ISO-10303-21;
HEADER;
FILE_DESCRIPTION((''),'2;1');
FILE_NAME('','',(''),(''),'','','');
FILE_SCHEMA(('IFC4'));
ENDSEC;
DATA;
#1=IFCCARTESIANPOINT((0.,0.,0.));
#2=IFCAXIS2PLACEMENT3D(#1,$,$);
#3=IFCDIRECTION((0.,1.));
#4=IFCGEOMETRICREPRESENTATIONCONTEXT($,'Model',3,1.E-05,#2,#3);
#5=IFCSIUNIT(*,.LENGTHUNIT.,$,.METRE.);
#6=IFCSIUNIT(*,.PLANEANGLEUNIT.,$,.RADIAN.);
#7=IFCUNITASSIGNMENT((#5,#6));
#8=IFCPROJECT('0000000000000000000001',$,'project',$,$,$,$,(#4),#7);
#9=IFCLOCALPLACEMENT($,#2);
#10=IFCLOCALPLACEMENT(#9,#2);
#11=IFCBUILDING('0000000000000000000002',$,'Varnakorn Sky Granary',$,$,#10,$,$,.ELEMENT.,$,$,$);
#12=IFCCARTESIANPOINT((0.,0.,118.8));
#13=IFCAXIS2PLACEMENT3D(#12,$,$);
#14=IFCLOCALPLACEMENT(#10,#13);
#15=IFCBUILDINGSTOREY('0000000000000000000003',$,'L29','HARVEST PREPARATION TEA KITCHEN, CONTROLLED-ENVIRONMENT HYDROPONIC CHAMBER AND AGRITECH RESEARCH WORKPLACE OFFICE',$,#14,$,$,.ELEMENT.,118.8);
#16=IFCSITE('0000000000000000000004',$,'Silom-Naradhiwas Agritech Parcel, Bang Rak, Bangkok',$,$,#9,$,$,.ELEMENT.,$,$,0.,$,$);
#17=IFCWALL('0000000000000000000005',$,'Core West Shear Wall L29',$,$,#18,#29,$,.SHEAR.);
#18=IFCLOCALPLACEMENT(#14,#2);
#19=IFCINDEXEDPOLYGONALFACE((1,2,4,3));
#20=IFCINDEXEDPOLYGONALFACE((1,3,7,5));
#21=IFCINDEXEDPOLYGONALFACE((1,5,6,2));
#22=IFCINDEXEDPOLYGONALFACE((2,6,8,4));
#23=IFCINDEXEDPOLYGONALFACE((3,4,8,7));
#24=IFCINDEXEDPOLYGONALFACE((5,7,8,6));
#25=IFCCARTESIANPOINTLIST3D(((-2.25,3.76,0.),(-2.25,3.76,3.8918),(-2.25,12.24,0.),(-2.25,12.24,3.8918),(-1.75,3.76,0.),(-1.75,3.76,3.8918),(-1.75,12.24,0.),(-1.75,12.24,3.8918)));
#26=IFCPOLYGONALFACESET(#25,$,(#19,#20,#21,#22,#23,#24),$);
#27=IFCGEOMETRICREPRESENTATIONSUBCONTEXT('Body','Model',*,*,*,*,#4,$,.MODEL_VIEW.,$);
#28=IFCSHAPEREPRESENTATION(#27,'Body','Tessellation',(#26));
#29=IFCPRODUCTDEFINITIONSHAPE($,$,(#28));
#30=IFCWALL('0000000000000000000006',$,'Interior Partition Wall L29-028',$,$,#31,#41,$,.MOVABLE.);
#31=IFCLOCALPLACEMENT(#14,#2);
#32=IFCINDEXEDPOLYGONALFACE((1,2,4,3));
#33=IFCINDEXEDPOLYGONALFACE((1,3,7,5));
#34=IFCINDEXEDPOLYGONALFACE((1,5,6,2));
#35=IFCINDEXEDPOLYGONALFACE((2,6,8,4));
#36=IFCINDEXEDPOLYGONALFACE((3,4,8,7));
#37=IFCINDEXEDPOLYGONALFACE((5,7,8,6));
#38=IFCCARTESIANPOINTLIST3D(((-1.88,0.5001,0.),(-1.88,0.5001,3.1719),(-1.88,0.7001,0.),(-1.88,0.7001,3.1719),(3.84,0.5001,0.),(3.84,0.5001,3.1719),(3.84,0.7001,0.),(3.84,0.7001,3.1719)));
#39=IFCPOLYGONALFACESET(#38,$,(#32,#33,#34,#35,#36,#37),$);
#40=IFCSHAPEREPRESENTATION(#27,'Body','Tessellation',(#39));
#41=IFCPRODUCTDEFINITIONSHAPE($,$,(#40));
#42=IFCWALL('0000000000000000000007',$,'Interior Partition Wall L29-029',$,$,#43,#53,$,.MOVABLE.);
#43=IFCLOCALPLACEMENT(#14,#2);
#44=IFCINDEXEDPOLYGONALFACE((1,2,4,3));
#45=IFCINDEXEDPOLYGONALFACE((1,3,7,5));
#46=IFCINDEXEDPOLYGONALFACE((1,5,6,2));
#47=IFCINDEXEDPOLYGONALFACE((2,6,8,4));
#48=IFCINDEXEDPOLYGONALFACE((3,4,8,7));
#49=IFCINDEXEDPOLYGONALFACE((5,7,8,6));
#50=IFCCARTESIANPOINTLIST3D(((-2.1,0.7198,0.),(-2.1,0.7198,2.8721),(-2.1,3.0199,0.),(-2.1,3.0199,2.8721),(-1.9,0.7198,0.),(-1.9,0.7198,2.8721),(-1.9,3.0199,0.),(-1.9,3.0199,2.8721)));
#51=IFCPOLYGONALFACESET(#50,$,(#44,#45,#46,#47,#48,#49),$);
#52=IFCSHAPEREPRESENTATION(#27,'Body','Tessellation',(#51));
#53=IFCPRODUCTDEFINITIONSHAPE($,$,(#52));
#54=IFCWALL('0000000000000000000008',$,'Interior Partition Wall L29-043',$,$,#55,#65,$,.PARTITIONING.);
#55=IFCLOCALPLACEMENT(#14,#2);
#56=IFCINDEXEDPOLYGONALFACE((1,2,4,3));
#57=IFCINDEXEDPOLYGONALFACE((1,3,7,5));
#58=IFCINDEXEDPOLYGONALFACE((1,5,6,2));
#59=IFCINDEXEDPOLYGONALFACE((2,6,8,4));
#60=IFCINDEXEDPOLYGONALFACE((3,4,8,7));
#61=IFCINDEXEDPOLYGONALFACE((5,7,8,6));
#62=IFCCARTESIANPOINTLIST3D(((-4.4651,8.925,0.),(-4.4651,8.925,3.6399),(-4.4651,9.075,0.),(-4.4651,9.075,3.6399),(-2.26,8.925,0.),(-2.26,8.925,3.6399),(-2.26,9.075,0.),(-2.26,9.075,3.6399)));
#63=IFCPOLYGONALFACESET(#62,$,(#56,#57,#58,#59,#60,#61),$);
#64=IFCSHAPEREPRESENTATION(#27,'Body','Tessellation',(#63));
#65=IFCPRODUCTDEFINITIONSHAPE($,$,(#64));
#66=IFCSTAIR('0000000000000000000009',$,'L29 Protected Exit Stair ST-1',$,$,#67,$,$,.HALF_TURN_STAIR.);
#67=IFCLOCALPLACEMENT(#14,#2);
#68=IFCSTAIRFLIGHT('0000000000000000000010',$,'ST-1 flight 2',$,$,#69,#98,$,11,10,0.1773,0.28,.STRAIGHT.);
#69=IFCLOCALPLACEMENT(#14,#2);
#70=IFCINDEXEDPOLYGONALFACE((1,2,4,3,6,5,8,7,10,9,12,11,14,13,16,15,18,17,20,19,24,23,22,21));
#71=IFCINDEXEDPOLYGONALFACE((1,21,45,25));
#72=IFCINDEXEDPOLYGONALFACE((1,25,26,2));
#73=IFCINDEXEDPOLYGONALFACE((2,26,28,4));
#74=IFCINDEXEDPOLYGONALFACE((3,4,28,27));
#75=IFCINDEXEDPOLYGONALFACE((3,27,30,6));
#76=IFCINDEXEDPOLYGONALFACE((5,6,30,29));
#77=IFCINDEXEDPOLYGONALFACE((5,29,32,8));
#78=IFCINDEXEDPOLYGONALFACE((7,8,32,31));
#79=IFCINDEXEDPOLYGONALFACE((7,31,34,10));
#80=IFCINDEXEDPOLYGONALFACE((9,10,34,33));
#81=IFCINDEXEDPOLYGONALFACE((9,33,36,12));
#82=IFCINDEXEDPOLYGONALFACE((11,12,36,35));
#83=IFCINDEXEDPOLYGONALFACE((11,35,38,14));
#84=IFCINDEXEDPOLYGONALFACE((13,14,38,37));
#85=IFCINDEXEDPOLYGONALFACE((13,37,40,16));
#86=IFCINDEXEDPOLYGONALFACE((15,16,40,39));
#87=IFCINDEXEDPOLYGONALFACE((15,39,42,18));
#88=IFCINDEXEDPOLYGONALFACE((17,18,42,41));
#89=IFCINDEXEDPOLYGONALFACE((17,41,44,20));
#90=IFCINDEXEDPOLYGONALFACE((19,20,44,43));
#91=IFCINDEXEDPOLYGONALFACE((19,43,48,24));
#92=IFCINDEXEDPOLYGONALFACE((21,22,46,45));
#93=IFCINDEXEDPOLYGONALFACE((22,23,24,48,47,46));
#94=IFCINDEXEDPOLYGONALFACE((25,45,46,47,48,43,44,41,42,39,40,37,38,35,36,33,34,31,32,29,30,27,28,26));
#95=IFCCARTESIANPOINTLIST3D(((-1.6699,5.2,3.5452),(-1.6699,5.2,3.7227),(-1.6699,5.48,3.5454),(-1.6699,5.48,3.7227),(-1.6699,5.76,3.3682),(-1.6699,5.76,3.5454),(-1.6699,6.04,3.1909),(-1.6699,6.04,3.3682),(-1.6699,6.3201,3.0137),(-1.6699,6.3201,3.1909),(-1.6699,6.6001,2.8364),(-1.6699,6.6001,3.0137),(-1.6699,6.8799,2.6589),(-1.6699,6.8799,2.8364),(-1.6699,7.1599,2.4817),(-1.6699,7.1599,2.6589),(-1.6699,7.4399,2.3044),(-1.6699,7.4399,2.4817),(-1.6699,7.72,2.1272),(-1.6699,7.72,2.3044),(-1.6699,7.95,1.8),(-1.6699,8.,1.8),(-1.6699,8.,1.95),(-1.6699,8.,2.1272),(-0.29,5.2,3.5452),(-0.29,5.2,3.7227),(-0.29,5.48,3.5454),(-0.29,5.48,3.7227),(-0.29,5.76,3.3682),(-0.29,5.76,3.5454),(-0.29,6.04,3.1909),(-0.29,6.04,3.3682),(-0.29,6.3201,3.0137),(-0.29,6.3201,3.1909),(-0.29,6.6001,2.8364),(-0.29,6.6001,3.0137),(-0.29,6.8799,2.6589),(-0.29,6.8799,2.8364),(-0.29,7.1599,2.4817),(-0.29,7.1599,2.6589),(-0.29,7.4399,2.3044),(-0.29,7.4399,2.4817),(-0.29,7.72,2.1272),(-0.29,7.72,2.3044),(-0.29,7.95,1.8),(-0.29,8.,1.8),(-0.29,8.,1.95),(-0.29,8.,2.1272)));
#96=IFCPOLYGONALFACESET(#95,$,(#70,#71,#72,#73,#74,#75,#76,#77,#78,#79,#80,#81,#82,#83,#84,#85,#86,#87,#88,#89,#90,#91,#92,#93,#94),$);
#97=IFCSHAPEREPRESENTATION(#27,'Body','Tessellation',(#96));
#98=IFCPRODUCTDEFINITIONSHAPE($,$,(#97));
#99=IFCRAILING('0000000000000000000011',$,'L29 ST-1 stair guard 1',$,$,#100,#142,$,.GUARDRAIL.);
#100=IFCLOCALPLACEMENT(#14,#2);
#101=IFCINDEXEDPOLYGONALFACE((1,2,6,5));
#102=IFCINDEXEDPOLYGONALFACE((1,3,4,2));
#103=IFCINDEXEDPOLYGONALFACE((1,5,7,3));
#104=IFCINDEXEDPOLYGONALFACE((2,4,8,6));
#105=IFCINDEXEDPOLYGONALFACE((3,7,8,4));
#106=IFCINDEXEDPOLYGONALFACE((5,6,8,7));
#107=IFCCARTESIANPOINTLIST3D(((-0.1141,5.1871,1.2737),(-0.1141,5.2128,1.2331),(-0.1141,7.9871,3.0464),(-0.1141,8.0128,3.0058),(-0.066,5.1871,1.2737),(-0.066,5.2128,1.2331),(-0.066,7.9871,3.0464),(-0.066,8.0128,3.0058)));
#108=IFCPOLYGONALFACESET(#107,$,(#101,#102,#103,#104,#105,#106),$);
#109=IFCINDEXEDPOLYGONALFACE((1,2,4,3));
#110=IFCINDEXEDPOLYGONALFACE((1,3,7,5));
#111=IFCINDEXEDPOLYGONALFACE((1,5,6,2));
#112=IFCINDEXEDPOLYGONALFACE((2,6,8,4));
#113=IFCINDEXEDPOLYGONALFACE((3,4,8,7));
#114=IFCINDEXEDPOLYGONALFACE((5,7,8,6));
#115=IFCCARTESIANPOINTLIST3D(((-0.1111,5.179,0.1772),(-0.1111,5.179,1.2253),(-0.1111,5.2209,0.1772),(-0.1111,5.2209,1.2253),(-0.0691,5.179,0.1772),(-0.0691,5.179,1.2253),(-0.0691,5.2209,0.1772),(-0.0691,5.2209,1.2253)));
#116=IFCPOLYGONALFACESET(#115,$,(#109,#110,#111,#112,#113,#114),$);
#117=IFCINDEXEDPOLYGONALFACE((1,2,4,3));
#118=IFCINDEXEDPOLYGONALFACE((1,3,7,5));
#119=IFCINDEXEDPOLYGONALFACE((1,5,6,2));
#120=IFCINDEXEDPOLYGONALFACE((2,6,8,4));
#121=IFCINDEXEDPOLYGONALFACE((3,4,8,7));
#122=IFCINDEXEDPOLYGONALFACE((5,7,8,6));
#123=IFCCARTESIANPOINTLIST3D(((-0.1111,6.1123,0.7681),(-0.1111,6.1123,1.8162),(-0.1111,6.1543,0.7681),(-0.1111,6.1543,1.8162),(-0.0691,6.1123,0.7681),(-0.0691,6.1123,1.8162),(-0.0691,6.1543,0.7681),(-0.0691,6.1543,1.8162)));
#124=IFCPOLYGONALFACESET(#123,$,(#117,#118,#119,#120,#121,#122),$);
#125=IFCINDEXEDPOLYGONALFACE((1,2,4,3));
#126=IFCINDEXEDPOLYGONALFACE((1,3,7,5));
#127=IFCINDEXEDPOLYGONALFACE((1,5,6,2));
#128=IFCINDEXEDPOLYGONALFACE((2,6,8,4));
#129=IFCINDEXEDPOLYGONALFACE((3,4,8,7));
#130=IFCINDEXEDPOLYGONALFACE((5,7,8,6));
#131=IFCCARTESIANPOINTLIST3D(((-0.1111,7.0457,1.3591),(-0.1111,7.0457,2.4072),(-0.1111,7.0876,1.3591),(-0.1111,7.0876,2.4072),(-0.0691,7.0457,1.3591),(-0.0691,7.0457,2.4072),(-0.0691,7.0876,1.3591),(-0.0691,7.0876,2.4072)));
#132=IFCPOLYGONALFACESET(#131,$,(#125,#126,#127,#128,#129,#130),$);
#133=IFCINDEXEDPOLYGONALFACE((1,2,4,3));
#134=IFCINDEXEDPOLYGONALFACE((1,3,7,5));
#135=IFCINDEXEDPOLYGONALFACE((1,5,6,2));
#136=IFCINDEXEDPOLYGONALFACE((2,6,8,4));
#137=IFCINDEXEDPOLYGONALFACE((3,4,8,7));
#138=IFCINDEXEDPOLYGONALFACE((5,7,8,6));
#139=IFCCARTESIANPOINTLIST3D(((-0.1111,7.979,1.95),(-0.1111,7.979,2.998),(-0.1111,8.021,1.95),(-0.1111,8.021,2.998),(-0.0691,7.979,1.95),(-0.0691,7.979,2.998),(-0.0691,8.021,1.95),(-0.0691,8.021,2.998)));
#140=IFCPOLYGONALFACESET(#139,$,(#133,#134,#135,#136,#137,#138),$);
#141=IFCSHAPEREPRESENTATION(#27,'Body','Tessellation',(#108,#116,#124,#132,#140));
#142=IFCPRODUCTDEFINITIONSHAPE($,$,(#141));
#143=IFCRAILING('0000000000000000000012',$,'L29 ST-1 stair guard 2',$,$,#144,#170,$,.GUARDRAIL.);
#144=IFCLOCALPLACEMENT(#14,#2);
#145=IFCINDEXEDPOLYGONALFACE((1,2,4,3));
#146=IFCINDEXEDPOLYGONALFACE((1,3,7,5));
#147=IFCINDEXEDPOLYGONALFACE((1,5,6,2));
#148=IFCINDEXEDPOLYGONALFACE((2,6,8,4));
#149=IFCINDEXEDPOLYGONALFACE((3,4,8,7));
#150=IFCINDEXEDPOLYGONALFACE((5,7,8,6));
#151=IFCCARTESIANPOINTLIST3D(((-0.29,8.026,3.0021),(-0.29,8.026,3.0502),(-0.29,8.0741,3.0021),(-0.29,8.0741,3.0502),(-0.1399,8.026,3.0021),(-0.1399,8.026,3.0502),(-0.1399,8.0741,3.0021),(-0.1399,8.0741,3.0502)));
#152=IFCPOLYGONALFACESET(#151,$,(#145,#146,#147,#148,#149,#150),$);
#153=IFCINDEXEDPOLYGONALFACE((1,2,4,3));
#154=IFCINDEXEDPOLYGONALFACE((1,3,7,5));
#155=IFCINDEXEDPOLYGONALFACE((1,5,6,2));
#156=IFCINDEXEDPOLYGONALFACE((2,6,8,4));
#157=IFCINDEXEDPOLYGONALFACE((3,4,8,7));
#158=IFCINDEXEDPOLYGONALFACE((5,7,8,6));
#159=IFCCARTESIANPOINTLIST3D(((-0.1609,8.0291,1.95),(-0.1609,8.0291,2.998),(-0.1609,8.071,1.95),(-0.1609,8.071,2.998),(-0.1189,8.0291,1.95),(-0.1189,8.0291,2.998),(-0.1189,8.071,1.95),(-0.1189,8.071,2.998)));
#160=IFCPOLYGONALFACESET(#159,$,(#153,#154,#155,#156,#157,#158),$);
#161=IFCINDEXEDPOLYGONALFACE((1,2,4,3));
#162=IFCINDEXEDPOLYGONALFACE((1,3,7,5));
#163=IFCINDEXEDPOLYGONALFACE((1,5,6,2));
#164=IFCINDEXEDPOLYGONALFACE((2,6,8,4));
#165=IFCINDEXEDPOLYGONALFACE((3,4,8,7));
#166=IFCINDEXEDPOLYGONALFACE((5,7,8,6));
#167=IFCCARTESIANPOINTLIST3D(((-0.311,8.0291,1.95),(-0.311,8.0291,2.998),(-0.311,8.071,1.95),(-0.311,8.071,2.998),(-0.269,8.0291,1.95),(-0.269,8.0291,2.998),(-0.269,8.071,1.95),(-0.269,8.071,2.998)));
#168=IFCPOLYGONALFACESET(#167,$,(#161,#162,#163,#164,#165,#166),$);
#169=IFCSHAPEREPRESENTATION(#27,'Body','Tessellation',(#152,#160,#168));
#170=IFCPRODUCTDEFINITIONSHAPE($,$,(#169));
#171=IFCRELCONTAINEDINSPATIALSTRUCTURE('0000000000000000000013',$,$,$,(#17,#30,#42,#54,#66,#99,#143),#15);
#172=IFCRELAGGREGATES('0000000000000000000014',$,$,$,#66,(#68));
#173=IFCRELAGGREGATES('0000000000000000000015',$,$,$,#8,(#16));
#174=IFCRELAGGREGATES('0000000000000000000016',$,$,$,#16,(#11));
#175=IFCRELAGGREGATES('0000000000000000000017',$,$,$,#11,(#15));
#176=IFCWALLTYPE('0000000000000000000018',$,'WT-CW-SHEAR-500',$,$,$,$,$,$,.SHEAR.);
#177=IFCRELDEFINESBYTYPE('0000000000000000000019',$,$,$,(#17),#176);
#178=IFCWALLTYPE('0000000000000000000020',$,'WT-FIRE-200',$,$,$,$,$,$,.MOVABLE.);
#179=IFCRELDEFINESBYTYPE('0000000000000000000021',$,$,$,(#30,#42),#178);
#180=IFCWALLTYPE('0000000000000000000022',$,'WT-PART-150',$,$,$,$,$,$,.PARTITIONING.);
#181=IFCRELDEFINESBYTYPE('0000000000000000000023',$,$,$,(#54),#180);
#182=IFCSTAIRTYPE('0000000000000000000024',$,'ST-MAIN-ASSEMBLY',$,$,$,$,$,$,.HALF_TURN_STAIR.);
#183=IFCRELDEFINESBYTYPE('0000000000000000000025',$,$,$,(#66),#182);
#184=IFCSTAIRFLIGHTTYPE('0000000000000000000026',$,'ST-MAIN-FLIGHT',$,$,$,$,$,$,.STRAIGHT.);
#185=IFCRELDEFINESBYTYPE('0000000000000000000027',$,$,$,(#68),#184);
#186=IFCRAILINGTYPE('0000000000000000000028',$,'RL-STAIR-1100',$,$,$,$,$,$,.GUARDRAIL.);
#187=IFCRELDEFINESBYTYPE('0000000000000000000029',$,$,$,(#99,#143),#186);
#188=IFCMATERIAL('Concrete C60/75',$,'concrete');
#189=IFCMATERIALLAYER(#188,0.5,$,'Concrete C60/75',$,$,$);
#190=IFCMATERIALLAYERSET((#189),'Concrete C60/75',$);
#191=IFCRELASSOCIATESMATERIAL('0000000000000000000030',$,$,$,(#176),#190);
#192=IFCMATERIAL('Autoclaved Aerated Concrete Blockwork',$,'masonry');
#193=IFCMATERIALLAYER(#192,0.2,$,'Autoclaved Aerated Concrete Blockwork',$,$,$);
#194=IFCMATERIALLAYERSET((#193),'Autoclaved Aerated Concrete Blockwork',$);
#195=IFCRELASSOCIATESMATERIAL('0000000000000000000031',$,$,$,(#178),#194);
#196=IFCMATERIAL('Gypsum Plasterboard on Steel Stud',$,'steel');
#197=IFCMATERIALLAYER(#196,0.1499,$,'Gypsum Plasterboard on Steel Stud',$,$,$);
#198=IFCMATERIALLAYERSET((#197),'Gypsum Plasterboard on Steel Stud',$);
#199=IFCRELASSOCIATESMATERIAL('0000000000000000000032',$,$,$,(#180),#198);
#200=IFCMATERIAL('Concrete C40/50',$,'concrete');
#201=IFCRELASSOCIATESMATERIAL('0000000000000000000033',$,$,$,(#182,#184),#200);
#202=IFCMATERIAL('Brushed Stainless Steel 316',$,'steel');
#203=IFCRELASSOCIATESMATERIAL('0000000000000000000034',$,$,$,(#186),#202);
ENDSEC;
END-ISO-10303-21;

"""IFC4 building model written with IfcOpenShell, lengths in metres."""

from ifc_helpers import new_model, si_unit, direction, frame, frame_2d, origin, origin_2d, place, context, subcontext, project, spatial, polyline, rectangle, outline, extrude, material, layer, layer_set, type_object, element, aggregate, save


model = new_model("IFC4")

# Units and contexts
model_context = context("Model", 3, precision=1e-05, world=origin(), true_north=direction((0.0, 1.0)))
body_context = subcontext(model_context, "Body", "Model", "MODEL_VIEW")
ifc_project = project(units=[si_unit("LENGTHUNIT", "METRE"), si_unit("PLANEANGLEUNIT", "RADIAN")], contexts=[model_context])

# Site, building, storey
site_placement = place(None, origin())
site = spatial("IfcSite", under=ifc_project, at=site_placement, Name="Silom-Naradhiwas Agritech Parcel, Bang Rak, Bangkok", CompositionType="ELEMENT", RefElevation=0.0)
building_placement = place(site_placement, origin())
building = spatial("IfcBuilding", under=site, at=building_placement, Name="Varnakorn Sky Granary", CompositionType="ELEMENT")
storey_placement = place(building_placement, frame((0.0, 0.0, 118.8)))
storey = spatial("IfcBuildingStorey", under=building, at=storey_placement, Name="L29", Description="HARVEST PREPARATION TEA KITCHEN, CONTROLLED-ENVIRONMENT HYDROPONIC CHAMBER AND AGRITECH RESEARCH WORKPLACE OFFICE", CompositionType="ELEMENT", Elevation=118.8)

# Shared definitions
ifc_material_1 = material(Name="Concrete C60/75", Category="concrete")

# Shared definitions
ifc_layer_1 = layer(ifc_material_1, 0.5, Name="Concrete C60/75")
ifc_layer_set_1 = layer_set([ifc_layer_1], Name="Concrete C60/75")
wall_type_1 = type_object("IfcWallType", Name="WT-CW-SHEAR-500", PredefinedType="SHEAR", material=ifc_layer_set_1)

# Walls
wall_1_placement = place(storey_placement, frame((-2.0, 3.76, 0.0), z_axis=(0.0, 0.0, 1.0), x_axis=(0.0, 1.0, 0.0)))
element("IfcWall", 1, at=wall_1_placement, inside=storey, type_object=wall_type_1, Name="Core West Shear Wall L29", PredefinedType="SHEAR", context=body_context, shape_type="SweptSolid", body=[
    extrude(rectangle(XDim=8.48, YDim=0.5, at=frame_2d((4.24, 0.0))), origin(), (0.0, 0.0, 1.0), 3.8918),
])
ifc_material_2 = material(Name="Autoclaved Aerated Concrete Blockwork", Category="masonry")
ifc_layer_2 = layer(ifc_material_2, 0.2, Name="Autoclaved Aerated Concrete Blockwork")
ifc_layer_set_2 = layer_set([ifc_layer_2], Name="Autoclaved Aerated Concrete Blockwork")
wall_type_2 = type_object("IfcWallType", Name="WT-FIRE-200", PredefinedType="MOVABLE", material=ifc_layer_set_2)
wall_2_placement = place(storey_placement, frame((-1.8799, 0.6001, 0.0), z_axis=(0.0, 0.0, 1.0), x_axis=(1.0, 0.0, 0.0)))
element("IfcWall", 2, at=wall_2_placement, inside=storey, type_object=wall_type_2, Name="Interior Partition Wall L29-028", PredefinedType="MOVABLE", context=body_context, shape_type="SweptSolid", body=[
    extrude(rectangle(XDim=5.72, YDim=0.2, at=frame_2d((2.8599, 0.0))), origin(), (0.0, 0.0, 1.0), 3.1719),
])
wall_3_placement = place(storey_placement, frame((-2.0, 0.72, 0.0), z_axis=(0.0, 0.0, 1.0), x_axis=(0.0, 1.0, 0.0)))
element("IfcWall", 3, at=wall_3_placement, inside=storey, type_object=wall_type_2, Name="Interior Partition Wall L29-029", PredefinedType="MOVABLE", context=body_context, shape_type="SweptSolid", body=[
    extrude(rectangle(XDim=2.3, YDim=0.2, at=frame_2d((1.1499, 0.0))), origin(), (0.0, 0.0, 1.0), 2.8721),
])
ifc_material_3 = material(Name="Gypsum Plasterboard on Steel Stud", Category="steel")
ifc_layer_3 = layer(ifc_material_3, 0.1499, Name="Gypsum Plasterboard on Steel Stud")
ifc_layer_set_3 = layer_set([ifc_layer_3], Name="Gypsum Plasterboard on Steel Stud")
wall_type_3 = type_object("IfcWallType", Name="WT-PART-150", PredefinedType="PARTITIONING", material=ifc_layer_set_3)
wall_4_placement = place(storey_placement, frame((-4.4651, 9.0, 0.0), z_axis=(0.0, 0.0, 1.0), x_axis=(1.0, 0.0, 0.0)))
element("IfcWall", 4, at=wall_4_placement, inside=storey, type_object=wall_type_3, Name="Interior Partition Wall L29-043", PredefinedType="PARTITIONING", context=body_context, shape_type="SweptSolid", body=[
    extrude(rectangle(XDim=2.2051, YDim=0.1499, at=frame_2d((1.1025, 0.0))), origin(), (0.0, 0.0, 1.0), 3.6399),
])

# Stair, stair flight
ifc_material_4 = material(Name="Concrete C40/50", Category="concrete")
stair_type = type_object("IfcStairType", Name="ST-MAIN-ASSEMBLY", PredefinedType="HALF_TURN_STAIR", material=ifc_material_4)
stair_placement = place(storey_placement, origin())
stair = element("IfcStair", 5, at=stair_placement, inside=storey, type_object=stair_type, Name="L29 Protected Exit Stair ST-1", PredefinedType="HALF_TURN_STAIR")
stair_flight_type = type_object("IfcStairFlightType", Name="ST-MAIN-FLIGHT", PredefinedType="STRAIGHT", material=ifc_material_4)
stair_flight_placement = place(storey_placement, frame((-0.98, 8.0, 1.95), z_axis=(0.0, 0.0, 1.0), x_axis=(0.0, -1.0, 0.0)))
stair_flight = element("IfcStairFlight", 6, at=stair_flight_placement, type_object=stair_flight_type, Name="ST-1 flight 2", NumberOfRisers=11, NumberOfTreads=10, PredefinedType="STRAIGHT", RiserHeight=0.1773, TreadLength=0.28, context=body_context, shape_type="SweptSolid", body=[
    extrude(outline(polyline([(0.0, -0.1499), (0.0, 0.0), (0.0, 0.1772), (0.28, 0.1772), (0.28, 0.3545), (0.5601, 0.3545), (0.5601, 0.5317), (0.8401, 0.5317), (0.8401, 0.709), (1.1201, 0.709), (1.1201, 0.8865), (1.3999, 0.8865), (1.3999, 1.0637), (1.6799, 1.0637), (1.6799, 1.241), (1.96, 1.241), (1.96, 1.4182), (2.24, 1.4182), (2.24, 1.5955), (2.52, 1.5955), (2.52, 1.7727), (2.8, 1.7727), (2.8, 1.95), (2.8, 1.5952), (0.05, -0.1499), (0.0, -0.1499)])), frame((0.0, 0.6899, 0.0), z_axis=(0.0, -1.0, 0.0), x_axis=(1.0, 0.0, 0.0)), (0.0, 0.0, 1.0), 1.3799),
])
aggregate(stair, [stair_flight])

# Railings
ifc_material_5 = material(Name="Brushed Stainless Steel 316", Category="steel")
railing_type_1 = type_object("IfcRailingType", Name="RL-STAIR-1100", PredefinedType="GUARDRAIL", material=ifc_material_5)
railing_1_placement = place(storey_placement, frame((-0.0901, 5.2, 0.1772)))
element("IfcRailing", 7, at=railing_1_placement, inside=storey, type_object=railing_type_1, Name="L29 ST-1 stair guard 1", PredefinedType="GUARDRAIL", context=body_context, shape_type="SweptSolid", body=[
    extrude(rectangle(XDim=0.0481, YDim=0.0481, at=origin_2d()), frame((0.0, 0.0, 1.0762), z_axis=(0.0, 0.844909, 0.53491), x_axis=(-1.0, 0.0, 0.0)), (0.0, 0.0, 1.0), 3.314),
    extrude(rectangle(XDim=0.042, YDim=0.042, at=origin_2d()), origin(), (0.0, 0.0, 1.0), 1.0481),
    extrude(rectangle(XDim=0.042, YDim=0.042, at=origin_2d()), frame((0.0, 0.9333, 0.5908)), (0.0, 0.0, 1.0), 1.0481),
    extrude(rectangle(XDim=0.042, YDim=0.042, at=origin_2d()), frame((0.0, 1.8667, 1.1819)), (0.0, 0.0, 1.0), 1.0481),
    extrude(rectangle(XDim=0.042, YDim=0.042, at=origin_2d()), frame((0.0, 2.8, 1.7727)), (0.0, 0.0, 1.0), 1.0481),
])
railing_2_placement = place(storey_placement, frame((-0.1399, 8.05, 1.95)))
element("IfcRailing", 8, at=railing_2_placement, inside=storey, type_object=railing_type_1, Name="L29 ST-1 stair guard 2", PredefinedType="GUARDRAIL", context=body_context, shape_type="SweptSolid", body=[
    extrude(rectangle(XDim=0.0481, YDim=0.0481, at=origin_2d()), frame((0.0, 0.0, 1.0762), z_axis=(-1.0, 0.0, 0.0), x_axis=(0.0, -1.0, 0.0)), (0.0, 0.0, 1.0), 0.1501),
    extrude(rectangle(XDim=0.042, YDim=0.042, at=origin_2d()), origin(), (0.0, 0.0, 1.0), 1.0481),
    extrude(rectangle(XDim=0.042, YDim=0.042, at=origin_2d()), frame((-0.1501, 0.0, 0.0)), (0.0, 0.0, 1.0), 1.0481),
])

save(model, "model.ifc")
